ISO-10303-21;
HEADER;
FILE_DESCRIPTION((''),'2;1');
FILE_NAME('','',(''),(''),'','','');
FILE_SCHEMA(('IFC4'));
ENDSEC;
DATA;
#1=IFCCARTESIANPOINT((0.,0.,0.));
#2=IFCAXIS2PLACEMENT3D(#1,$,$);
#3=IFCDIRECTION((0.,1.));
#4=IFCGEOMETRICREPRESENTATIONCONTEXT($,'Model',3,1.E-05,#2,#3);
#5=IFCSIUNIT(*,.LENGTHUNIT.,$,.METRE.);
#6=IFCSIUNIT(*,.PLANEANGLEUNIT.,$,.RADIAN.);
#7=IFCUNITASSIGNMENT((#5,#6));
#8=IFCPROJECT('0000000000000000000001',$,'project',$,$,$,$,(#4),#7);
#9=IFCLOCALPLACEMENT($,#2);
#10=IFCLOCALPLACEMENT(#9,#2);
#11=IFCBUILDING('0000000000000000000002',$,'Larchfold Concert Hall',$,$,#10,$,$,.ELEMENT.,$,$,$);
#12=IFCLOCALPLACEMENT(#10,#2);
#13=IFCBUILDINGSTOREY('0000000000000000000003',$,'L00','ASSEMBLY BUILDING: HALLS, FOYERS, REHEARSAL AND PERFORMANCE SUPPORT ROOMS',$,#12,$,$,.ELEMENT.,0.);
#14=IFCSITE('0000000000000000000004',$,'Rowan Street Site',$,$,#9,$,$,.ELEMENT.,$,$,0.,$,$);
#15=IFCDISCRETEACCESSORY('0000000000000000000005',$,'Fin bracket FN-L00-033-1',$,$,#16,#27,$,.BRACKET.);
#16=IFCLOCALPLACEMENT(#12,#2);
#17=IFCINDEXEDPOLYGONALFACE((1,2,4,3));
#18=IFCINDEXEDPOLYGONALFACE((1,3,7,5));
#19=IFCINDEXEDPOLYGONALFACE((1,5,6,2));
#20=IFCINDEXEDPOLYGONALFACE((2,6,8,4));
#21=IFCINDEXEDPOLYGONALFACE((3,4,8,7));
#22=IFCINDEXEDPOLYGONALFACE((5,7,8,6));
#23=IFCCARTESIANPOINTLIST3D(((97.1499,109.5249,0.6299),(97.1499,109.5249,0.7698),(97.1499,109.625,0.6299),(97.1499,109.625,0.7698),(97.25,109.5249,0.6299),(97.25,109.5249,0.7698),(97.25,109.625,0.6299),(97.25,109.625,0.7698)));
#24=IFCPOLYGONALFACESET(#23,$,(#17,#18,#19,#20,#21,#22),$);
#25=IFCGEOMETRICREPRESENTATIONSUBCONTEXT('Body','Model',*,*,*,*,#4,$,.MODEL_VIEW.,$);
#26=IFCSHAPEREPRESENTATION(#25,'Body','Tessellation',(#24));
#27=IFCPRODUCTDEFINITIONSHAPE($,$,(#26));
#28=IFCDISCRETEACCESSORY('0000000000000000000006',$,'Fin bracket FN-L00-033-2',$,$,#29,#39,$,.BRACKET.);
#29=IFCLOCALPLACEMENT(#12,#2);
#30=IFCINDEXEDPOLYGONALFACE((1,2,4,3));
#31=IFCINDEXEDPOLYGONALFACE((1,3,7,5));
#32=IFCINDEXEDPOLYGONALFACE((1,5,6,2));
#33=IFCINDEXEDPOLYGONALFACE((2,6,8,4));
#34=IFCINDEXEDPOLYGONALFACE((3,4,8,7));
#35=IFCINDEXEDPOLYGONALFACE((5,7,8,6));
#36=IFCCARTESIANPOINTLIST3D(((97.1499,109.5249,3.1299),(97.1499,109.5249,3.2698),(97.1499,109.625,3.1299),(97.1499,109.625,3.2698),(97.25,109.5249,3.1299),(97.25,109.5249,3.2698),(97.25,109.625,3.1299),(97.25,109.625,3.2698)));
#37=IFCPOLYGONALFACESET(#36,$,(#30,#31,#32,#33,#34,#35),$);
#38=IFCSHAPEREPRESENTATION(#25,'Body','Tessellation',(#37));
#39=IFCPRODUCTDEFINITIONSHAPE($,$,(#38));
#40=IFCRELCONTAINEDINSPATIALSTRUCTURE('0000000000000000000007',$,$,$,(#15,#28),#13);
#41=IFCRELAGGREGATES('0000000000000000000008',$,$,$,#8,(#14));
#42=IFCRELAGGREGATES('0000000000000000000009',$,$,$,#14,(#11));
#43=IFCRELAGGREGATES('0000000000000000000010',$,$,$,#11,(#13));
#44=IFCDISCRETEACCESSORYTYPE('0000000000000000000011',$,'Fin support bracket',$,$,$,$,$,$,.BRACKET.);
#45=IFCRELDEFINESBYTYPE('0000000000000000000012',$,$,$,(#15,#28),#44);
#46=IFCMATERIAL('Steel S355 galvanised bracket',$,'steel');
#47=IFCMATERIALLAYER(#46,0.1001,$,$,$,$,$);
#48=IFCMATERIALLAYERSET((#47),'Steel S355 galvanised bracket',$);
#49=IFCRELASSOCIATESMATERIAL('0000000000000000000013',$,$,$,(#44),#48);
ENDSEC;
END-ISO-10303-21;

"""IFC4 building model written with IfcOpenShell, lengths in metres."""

from ifc_helpers import new_model, si_unit, direction, frame, origin, origin_2d, place, context, subcontext, project, spatial, rectangle, extrude, material, layer, layer_set, type_object, element, save


model = new_model("IFC4")

# Units and contexts
model_context = context("Model", 3, precision=1e-05, world=origin(), true_north=direction((0.0, 1.0)))
body_context = subcontext(model_context, "Body", "Model", "MODEL_VIEW")
ifc_project = project(units=[si_unit("LENGTHUNIT", "METRE"), si_unit("PLANEANGLEUNIT", "RADIAN")], contexts=[model_context])

# Site, building, storey
site_placement = place(None, origin())
site = spatial("IfcSite", under=ifc_project, at=site_placement, Name="Rowan Street Site", CompositionType="ELEMENT", RefElevation=0.0)
building_placement = place(site_placement, origin())
building = spatial("IfcBuilding", under=site, at=building_placement, Name="Larchfold Concert Hall", CompositionType="ELEMENT")
storey_placement = place(building_placement, origin())
storey = spatial("IfcBuildingStorey", under=building, at=storey_placement, Name="L00", Description="ASSEMBLY BUILDING: HALLS, FOYERS, REHEARSAL AND PERFORMANCE SUPPORT ROOMS", CompositionType="ELEMENT", Elevation=0.0)

# Discrete accessories
ifc_material_1 = material(Name="Steel S355 galvanised bracket", Category="steel")
ifc_layer_1 = layer(ifc_material_1, 0.1001)
ifc_layer_set_1 = layer_set([ifc_layer_1], Name="Steel S355 galvanised bracket")
discrete_accessory_type = type_object("IfcDiscreteAccessoryType", Name="Fin support bracket", PredefinedType="BRACKET", material=ifc_layer_set_1)
for number, where, z_axis, x_axis, name in (
    (1, (97.2, 109.575, 0.6299), (0.0, 0.0, 1.0), (0.0, -1.0, 0.0), "Fin bracket FN-L00-033-1"),
    (2, (97.2, 109.575, 3.1299), (0.0, 0.0, 1.0), (0.0, -1.0, 0.0), "Fin bracket FN-L00-033-2"),
):
    element("IfcDiscreteAccessory", number, at=place(storey_placement, frame(where, z_axis=z_axis, x_axis=x_axis)), inside=storey, type_object=discrete_accessory_type, Name=name, PredefinedType="BRACKET", context=body_context, shape_type="SweptSolid", body=[
        extrude(rectangle(XDim=0.1001, YDim=0.1001, at=origin_2d()), origin(), (0.0, 0.0, 1.0), 0.1399),
    ])

save(model, "model.ifc")
